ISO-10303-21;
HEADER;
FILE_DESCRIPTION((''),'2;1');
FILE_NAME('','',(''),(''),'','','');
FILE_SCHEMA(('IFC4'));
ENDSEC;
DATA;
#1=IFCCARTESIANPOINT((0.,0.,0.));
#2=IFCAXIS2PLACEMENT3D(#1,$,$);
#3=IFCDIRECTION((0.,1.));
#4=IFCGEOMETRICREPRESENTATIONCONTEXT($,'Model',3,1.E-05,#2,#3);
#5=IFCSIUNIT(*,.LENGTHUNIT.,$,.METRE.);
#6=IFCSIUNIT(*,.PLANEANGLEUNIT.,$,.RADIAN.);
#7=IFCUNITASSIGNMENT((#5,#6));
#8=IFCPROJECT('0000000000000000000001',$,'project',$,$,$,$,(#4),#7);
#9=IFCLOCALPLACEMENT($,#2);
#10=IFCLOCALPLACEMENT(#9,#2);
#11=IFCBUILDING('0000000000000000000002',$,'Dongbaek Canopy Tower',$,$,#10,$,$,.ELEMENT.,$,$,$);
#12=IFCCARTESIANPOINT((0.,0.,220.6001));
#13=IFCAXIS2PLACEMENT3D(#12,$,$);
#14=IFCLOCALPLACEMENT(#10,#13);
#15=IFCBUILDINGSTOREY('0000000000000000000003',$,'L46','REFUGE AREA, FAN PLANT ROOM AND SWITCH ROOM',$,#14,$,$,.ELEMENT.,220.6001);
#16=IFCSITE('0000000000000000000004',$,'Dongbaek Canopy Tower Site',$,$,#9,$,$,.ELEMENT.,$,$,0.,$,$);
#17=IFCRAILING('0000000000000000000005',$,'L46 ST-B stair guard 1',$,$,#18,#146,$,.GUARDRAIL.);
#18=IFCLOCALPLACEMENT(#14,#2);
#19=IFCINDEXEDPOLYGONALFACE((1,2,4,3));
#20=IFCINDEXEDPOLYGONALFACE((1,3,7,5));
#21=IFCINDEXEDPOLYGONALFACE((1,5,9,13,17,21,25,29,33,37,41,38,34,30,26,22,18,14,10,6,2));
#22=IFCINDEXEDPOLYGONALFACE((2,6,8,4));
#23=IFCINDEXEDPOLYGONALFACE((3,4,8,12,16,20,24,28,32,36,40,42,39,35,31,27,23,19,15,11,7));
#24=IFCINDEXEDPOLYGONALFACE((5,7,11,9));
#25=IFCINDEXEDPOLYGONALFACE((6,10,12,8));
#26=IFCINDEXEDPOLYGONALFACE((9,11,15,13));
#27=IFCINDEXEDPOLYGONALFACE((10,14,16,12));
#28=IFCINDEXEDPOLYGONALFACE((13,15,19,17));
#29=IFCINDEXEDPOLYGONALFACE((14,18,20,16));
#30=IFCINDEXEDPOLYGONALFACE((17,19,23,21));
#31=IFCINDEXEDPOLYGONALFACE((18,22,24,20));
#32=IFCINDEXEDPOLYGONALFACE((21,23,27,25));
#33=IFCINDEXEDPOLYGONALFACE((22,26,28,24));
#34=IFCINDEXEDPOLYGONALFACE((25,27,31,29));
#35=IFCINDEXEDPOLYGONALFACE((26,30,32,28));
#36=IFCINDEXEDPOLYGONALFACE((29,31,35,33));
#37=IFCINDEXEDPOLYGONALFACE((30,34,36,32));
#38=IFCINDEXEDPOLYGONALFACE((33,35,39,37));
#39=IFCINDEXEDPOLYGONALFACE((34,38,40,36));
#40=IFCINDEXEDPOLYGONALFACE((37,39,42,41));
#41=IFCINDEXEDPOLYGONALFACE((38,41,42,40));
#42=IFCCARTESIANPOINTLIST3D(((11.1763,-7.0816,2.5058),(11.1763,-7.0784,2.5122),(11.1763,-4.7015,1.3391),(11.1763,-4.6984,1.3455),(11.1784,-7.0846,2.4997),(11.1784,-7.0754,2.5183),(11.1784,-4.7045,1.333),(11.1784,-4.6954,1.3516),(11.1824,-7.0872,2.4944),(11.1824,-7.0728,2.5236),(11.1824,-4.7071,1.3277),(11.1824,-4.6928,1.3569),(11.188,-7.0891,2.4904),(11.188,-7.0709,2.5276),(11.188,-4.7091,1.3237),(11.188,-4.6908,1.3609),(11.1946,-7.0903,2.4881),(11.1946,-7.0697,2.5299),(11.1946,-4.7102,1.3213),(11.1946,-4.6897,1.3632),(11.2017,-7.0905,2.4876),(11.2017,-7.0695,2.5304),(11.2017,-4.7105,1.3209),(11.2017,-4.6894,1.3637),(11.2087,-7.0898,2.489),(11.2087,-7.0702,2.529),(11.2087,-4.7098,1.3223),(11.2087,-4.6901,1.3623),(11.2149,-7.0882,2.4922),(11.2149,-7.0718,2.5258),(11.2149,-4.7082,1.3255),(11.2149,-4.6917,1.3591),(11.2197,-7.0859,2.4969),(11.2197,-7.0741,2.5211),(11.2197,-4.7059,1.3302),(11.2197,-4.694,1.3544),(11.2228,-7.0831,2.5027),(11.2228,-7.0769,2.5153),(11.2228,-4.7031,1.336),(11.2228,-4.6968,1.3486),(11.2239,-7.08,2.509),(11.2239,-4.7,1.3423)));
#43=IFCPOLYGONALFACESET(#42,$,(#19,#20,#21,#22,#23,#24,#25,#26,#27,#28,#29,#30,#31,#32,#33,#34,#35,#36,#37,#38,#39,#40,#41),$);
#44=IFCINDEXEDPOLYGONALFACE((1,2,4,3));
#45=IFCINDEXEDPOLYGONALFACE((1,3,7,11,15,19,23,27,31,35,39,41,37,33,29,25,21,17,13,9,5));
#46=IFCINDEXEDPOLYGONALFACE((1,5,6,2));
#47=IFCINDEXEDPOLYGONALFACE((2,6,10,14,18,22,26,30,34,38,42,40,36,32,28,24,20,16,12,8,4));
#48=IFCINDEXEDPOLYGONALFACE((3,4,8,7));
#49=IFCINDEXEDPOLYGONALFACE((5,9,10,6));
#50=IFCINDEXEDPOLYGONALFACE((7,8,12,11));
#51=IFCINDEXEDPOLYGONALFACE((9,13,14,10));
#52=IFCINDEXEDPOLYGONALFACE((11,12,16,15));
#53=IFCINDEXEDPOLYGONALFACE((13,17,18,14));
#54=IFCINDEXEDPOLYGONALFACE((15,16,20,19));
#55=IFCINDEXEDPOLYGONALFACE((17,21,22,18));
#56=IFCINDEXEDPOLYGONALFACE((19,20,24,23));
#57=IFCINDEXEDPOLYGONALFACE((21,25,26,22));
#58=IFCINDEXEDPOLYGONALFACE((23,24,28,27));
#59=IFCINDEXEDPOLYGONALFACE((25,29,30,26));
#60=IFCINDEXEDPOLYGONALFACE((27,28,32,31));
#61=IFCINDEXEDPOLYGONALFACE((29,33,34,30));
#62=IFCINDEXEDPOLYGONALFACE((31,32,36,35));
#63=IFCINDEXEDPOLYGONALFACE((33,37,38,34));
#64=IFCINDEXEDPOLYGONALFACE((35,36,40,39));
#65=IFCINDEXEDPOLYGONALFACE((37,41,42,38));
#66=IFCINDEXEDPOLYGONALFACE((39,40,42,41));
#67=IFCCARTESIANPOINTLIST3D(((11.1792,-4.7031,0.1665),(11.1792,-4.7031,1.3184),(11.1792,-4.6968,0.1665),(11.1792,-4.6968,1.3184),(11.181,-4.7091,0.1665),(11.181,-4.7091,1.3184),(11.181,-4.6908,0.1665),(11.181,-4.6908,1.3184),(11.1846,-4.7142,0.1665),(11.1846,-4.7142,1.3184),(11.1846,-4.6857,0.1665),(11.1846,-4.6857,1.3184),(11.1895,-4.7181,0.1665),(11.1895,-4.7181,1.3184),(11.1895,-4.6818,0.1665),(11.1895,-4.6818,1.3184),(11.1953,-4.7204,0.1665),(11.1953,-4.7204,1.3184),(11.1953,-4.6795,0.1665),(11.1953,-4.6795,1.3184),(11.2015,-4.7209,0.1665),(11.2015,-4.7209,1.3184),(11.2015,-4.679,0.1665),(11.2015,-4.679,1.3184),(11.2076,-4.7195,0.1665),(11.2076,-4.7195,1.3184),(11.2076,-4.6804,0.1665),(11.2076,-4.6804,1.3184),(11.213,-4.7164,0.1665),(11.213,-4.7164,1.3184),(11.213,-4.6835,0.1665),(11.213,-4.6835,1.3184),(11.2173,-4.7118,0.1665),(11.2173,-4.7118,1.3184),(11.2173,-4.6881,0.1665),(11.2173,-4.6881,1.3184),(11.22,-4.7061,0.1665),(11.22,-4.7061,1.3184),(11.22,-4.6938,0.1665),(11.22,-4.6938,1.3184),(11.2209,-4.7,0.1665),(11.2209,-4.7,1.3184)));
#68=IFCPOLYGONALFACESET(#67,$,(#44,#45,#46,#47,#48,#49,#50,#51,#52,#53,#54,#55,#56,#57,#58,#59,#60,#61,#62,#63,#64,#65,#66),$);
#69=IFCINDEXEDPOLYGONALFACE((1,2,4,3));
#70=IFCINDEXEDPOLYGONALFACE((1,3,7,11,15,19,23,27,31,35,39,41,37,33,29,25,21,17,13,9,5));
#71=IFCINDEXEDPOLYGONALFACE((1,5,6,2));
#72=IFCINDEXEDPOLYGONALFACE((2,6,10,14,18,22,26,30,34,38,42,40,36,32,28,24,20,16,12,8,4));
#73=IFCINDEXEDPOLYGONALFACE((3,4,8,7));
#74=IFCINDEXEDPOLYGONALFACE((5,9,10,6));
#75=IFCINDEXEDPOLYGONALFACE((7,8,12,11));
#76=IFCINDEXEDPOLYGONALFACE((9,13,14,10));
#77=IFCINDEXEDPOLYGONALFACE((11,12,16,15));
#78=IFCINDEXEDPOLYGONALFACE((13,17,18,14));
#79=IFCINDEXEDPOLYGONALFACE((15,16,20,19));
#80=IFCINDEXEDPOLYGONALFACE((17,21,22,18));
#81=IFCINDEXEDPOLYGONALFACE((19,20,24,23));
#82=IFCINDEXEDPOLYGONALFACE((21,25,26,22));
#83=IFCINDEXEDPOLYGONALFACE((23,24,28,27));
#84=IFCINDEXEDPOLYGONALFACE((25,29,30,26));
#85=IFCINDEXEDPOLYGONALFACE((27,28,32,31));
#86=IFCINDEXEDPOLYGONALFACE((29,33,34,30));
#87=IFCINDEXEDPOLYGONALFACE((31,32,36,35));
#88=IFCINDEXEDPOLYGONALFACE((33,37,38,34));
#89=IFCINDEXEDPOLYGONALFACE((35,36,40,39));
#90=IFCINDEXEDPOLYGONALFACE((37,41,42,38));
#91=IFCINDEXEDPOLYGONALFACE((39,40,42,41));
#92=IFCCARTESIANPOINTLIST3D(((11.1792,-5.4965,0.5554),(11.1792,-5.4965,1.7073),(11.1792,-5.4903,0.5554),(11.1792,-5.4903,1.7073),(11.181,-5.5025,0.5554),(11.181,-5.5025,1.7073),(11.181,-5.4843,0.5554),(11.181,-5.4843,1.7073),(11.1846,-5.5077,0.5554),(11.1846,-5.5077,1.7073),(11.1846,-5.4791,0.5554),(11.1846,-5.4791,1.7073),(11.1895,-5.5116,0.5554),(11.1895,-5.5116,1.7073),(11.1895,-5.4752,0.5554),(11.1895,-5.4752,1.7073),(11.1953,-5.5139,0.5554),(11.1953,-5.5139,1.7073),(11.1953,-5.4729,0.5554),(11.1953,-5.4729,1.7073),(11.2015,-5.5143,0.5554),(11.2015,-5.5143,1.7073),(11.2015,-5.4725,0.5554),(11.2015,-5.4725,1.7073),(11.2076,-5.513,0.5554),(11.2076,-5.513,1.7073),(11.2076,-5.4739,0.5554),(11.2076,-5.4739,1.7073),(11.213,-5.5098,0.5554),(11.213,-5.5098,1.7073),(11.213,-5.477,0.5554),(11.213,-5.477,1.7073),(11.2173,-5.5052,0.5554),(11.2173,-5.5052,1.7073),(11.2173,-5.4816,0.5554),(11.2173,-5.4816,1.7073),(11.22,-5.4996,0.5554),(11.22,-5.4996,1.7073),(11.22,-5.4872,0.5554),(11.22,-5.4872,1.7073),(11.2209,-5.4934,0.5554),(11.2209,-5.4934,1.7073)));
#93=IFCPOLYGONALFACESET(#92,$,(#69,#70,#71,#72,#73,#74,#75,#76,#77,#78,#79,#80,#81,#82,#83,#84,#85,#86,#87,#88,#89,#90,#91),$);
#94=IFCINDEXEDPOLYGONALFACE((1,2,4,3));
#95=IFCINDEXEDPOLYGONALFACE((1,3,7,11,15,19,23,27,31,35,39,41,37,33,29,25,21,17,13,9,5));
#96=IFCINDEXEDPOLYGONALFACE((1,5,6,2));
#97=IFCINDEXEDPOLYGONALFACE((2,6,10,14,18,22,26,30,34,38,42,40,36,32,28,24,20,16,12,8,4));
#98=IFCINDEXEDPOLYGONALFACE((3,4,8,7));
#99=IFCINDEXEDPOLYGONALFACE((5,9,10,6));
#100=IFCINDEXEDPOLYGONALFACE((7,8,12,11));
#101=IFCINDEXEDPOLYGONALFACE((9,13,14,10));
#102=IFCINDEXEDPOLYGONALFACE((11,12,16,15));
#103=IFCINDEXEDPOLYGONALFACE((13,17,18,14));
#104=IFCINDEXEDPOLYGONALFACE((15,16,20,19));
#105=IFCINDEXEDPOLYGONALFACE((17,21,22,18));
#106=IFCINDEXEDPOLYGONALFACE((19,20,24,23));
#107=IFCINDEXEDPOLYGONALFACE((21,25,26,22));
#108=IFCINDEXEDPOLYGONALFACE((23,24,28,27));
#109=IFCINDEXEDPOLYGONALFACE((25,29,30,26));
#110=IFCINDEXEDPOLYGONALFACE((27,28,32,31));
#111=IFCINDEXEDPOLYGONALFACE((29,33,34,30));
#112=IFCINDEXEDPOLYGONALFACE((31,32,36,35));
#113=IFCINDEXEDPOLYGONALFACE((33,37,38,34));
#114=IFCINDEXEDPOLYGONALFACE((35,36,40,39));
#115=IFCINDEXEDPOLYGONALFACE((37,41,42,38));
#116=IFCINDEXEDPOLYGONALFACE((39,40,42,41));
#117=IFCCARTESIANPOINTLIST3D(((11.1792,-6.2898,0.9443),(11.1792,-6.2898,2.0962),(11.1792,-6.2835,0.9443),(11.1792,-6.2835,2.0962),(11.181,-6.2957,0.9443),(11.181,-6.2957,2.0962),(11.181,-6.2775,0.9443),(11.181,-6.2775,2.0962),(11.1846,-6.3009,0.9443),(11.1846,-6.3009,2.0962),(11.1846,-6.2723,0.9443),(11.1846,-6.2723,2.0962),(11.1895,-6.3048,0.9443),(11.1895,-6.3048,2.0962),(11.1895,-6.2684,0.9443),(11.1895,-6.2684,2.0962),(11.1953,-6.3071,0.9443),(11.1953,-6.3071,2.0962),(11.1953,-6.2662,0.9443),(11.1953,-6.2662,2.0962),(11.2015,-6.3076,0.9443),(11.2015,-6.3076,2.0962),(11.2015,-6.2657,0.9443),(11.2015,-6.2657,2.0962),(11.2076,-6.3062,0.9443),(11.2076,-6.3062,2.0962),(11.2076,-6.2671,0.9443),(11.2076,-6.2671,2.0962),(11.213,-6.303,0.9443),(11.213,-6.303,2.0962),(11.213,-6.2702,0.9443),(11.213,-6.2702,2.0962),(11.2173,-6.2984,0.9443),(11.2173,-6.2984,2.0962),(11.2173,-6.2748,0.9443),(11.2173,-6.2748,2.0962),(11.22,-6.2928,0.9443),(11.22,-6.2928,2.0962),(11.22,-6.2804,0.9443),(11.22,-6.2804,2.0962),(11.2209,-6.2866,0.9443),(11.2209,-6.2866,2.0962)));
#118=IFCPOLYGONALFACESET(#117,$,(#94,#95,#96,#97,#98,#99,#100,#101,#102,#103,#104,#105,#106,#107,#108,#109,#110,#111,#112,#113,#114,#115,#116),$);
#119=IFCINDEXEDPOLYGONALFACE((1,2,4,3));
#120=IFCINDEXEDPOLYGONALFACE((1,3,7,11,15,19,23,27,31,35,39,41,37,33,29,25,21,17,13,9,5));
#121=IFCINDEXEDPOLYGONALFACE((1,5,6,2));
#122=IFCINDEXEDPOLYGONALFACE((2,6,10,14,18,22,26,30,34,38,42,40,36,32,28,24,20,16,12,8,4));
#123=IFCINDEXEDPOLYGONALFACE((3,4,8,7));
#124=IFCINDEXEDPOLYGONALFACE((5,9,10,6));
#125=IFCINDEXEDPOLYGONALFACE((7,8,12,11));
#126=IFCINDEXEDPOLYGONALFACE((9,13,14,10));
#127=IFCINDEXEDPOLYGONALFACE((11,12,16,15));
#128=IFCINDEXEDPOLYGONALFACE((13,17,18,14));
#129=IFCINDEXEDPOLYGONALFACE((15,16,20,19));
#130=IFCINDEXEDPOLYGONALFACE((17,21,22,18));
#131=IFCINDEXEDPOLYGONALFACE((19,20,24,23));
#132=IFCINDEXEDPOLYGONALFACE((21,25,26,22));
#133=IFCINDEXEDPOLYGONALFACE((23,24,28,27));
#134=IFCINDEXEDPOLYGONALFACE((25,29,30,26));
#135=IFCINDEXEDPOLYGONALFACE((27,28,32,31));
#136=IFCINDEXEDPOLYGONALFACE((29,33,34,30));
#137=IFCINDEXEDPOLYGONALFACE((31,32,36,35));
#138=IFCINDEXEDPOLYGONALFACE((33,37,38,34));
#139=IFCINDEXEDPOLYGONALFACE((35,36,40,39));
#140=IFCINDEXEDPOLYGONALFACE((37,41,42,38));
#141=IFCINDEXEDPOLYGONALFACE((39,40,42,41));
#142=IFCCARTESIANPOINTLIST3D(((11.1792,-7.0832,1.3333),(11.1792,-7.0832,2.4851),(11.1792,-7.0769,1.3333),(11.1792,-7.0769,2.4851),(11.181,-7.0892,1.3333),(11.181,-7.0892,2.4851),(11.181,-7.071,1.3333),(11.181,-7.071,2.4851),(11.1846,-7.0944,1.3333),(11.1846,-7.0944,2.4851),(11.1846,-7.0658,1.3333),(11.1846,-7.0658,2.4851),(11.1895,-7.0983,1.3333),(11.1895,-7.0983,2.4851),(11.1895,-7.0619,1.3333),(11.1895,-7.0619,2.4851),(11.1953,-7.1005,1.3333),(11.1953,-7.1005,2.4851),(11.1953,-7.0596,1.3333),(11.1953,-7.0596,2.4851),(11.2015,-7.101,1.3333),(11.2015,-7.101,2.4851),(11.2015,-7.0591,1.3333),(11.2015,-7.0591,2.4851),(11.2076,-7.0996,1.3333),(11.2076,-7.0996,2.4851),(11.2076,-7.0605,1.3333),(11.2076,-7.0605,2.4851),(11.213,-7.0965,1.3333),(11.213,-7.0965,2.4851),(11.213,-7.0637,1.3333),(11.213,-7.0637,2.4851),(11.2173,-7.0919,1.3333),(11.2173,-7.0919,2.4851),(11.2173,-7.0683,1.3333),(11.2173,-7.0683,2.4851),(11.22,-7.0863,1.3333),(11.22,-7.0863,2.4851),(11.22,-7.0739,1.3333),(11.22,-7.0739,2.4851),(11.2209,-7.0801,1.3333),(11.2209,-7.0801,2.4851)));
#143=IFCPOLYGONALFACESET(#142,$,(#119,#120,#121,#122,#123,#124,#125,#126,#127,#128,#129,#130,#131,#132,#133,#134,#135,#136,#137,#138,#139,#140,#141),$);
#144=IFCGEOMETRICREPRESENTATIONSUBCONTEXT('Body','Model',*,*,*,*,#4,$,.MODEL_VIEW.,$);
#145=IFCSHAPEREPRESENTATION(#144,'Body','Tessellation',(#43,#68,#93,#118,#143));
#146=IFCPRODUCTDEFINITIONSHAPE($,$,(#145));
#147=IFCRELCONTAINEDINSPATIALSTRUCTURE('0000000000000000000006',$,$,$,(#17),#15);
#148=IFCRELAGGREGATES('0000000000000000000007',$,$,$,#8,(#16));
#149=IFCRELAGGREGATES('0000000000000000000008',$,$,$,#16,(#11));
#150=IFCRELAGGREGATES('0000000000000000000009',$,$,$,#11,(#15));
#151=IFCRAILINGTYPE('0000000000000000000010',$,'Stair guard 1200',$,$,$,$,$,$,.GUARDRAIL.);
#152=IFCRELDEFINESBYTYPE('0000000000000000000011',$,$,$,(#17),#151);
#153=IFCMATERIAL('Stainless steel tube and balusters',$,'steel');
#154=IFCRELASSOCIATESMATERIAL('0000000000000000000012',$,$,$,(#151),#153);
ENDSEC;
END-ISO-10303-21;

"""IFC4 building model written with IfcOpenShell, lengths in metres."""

from ifc_helpers import new_model, si_unit, direction, frame, origin, origin_2d, place, context, subcontext, project, spatial, circle, extrude, material, type_object, element, save


model = new_model("IFC4")

# Units and contexts
model_context = context("Model", 3, precision=1e-05, world=origin(), true_north=direction((0.0, 1.0)))
body_context = subcontext(model_context, "Body", "Model", "MODEL_VIEW")
ifc_project = project(units=[si_unit("LENGTHUNIT", "METRE"), si_unit("PLANEANGLEUNIT", "RADIAN")], contexts=[model_context])

# Site, building, storey
site_placement = place(None, origin())
site = spatial("IfcSite", under=ifc_project, at=site_placement, Name="Dongbaek Canopy Tower Site", CompositionType="ELEMENT", RefElevation=0.0)
building_placement = place(site_placement, origin())
building = spatial("IfcBuilding", under=site, at=building_placement, Name="Dongbaek Canopy Tower", CompositionType="ELEMENT")
storey_placement = place(building_placement, frame((0.0, 0.0, 220.6001)))
storey = spatial("IfcBuildingStorey", under=building, at=storey_placement, Name="L46", Description="REFUGE AREA, FAN PLANT ROOM AND SWITCH ROOM", CompositionType="ELEMENT", Elevation=220.6001)

# Railing
ifc_material_1 = material(Name="Stainless steel tube and balusters", Category="steel")
railing_type_1 = type_object("IfcRailingType", Name="Stair guard 1200", PredefinedType="GUARDRAIL", material=ifc_material_1)
railing_1_placement = place(storey_placement, frame((11.2, -4.7, 0.1665)))
element("IfcRailing", 1, at=railing_1_placement, inside=storey, type_object=railing_type_1, Name="L46 ST-B stair guard 1", PredefinedType="GUARDRAIL", context=body_context, shape_type="SweptSolid", body=[
    extrude(circle(Radius=0.0239, at=origin_2d()), frame((0.0, 0.0, 1.1758), z_axis=(0.0, -0.897918, 0.440163), x_axis=(1.0, 0.0, 0.0)), (0.0, 0.0, 1.0), 2.6506),
    extrude(circle(Radius=0.021, at=origin_2d()), origin(), (0.0, 0.0, 1.0), 1.1519),
    extrude(circle(Radius=0.021, at=origin_2d()), frame((0.0, -0.7935, 0.3889)), (0.0, 0.0, 1.0), 1.1519),
    extrude(circle(Radius=0.021, at=origin_2d()), frame((0.0, -1.5867, 0.7778)), (0.0, 0.0, 1.0), 1.1519),
    extrude(circle(Radius=0.021, at=origin_2d()), frame((0.0, -2.3801, 1.1667)), (0.0, 0.0, 1.0), 1.1519),
])

save(model, "model.ifc")
